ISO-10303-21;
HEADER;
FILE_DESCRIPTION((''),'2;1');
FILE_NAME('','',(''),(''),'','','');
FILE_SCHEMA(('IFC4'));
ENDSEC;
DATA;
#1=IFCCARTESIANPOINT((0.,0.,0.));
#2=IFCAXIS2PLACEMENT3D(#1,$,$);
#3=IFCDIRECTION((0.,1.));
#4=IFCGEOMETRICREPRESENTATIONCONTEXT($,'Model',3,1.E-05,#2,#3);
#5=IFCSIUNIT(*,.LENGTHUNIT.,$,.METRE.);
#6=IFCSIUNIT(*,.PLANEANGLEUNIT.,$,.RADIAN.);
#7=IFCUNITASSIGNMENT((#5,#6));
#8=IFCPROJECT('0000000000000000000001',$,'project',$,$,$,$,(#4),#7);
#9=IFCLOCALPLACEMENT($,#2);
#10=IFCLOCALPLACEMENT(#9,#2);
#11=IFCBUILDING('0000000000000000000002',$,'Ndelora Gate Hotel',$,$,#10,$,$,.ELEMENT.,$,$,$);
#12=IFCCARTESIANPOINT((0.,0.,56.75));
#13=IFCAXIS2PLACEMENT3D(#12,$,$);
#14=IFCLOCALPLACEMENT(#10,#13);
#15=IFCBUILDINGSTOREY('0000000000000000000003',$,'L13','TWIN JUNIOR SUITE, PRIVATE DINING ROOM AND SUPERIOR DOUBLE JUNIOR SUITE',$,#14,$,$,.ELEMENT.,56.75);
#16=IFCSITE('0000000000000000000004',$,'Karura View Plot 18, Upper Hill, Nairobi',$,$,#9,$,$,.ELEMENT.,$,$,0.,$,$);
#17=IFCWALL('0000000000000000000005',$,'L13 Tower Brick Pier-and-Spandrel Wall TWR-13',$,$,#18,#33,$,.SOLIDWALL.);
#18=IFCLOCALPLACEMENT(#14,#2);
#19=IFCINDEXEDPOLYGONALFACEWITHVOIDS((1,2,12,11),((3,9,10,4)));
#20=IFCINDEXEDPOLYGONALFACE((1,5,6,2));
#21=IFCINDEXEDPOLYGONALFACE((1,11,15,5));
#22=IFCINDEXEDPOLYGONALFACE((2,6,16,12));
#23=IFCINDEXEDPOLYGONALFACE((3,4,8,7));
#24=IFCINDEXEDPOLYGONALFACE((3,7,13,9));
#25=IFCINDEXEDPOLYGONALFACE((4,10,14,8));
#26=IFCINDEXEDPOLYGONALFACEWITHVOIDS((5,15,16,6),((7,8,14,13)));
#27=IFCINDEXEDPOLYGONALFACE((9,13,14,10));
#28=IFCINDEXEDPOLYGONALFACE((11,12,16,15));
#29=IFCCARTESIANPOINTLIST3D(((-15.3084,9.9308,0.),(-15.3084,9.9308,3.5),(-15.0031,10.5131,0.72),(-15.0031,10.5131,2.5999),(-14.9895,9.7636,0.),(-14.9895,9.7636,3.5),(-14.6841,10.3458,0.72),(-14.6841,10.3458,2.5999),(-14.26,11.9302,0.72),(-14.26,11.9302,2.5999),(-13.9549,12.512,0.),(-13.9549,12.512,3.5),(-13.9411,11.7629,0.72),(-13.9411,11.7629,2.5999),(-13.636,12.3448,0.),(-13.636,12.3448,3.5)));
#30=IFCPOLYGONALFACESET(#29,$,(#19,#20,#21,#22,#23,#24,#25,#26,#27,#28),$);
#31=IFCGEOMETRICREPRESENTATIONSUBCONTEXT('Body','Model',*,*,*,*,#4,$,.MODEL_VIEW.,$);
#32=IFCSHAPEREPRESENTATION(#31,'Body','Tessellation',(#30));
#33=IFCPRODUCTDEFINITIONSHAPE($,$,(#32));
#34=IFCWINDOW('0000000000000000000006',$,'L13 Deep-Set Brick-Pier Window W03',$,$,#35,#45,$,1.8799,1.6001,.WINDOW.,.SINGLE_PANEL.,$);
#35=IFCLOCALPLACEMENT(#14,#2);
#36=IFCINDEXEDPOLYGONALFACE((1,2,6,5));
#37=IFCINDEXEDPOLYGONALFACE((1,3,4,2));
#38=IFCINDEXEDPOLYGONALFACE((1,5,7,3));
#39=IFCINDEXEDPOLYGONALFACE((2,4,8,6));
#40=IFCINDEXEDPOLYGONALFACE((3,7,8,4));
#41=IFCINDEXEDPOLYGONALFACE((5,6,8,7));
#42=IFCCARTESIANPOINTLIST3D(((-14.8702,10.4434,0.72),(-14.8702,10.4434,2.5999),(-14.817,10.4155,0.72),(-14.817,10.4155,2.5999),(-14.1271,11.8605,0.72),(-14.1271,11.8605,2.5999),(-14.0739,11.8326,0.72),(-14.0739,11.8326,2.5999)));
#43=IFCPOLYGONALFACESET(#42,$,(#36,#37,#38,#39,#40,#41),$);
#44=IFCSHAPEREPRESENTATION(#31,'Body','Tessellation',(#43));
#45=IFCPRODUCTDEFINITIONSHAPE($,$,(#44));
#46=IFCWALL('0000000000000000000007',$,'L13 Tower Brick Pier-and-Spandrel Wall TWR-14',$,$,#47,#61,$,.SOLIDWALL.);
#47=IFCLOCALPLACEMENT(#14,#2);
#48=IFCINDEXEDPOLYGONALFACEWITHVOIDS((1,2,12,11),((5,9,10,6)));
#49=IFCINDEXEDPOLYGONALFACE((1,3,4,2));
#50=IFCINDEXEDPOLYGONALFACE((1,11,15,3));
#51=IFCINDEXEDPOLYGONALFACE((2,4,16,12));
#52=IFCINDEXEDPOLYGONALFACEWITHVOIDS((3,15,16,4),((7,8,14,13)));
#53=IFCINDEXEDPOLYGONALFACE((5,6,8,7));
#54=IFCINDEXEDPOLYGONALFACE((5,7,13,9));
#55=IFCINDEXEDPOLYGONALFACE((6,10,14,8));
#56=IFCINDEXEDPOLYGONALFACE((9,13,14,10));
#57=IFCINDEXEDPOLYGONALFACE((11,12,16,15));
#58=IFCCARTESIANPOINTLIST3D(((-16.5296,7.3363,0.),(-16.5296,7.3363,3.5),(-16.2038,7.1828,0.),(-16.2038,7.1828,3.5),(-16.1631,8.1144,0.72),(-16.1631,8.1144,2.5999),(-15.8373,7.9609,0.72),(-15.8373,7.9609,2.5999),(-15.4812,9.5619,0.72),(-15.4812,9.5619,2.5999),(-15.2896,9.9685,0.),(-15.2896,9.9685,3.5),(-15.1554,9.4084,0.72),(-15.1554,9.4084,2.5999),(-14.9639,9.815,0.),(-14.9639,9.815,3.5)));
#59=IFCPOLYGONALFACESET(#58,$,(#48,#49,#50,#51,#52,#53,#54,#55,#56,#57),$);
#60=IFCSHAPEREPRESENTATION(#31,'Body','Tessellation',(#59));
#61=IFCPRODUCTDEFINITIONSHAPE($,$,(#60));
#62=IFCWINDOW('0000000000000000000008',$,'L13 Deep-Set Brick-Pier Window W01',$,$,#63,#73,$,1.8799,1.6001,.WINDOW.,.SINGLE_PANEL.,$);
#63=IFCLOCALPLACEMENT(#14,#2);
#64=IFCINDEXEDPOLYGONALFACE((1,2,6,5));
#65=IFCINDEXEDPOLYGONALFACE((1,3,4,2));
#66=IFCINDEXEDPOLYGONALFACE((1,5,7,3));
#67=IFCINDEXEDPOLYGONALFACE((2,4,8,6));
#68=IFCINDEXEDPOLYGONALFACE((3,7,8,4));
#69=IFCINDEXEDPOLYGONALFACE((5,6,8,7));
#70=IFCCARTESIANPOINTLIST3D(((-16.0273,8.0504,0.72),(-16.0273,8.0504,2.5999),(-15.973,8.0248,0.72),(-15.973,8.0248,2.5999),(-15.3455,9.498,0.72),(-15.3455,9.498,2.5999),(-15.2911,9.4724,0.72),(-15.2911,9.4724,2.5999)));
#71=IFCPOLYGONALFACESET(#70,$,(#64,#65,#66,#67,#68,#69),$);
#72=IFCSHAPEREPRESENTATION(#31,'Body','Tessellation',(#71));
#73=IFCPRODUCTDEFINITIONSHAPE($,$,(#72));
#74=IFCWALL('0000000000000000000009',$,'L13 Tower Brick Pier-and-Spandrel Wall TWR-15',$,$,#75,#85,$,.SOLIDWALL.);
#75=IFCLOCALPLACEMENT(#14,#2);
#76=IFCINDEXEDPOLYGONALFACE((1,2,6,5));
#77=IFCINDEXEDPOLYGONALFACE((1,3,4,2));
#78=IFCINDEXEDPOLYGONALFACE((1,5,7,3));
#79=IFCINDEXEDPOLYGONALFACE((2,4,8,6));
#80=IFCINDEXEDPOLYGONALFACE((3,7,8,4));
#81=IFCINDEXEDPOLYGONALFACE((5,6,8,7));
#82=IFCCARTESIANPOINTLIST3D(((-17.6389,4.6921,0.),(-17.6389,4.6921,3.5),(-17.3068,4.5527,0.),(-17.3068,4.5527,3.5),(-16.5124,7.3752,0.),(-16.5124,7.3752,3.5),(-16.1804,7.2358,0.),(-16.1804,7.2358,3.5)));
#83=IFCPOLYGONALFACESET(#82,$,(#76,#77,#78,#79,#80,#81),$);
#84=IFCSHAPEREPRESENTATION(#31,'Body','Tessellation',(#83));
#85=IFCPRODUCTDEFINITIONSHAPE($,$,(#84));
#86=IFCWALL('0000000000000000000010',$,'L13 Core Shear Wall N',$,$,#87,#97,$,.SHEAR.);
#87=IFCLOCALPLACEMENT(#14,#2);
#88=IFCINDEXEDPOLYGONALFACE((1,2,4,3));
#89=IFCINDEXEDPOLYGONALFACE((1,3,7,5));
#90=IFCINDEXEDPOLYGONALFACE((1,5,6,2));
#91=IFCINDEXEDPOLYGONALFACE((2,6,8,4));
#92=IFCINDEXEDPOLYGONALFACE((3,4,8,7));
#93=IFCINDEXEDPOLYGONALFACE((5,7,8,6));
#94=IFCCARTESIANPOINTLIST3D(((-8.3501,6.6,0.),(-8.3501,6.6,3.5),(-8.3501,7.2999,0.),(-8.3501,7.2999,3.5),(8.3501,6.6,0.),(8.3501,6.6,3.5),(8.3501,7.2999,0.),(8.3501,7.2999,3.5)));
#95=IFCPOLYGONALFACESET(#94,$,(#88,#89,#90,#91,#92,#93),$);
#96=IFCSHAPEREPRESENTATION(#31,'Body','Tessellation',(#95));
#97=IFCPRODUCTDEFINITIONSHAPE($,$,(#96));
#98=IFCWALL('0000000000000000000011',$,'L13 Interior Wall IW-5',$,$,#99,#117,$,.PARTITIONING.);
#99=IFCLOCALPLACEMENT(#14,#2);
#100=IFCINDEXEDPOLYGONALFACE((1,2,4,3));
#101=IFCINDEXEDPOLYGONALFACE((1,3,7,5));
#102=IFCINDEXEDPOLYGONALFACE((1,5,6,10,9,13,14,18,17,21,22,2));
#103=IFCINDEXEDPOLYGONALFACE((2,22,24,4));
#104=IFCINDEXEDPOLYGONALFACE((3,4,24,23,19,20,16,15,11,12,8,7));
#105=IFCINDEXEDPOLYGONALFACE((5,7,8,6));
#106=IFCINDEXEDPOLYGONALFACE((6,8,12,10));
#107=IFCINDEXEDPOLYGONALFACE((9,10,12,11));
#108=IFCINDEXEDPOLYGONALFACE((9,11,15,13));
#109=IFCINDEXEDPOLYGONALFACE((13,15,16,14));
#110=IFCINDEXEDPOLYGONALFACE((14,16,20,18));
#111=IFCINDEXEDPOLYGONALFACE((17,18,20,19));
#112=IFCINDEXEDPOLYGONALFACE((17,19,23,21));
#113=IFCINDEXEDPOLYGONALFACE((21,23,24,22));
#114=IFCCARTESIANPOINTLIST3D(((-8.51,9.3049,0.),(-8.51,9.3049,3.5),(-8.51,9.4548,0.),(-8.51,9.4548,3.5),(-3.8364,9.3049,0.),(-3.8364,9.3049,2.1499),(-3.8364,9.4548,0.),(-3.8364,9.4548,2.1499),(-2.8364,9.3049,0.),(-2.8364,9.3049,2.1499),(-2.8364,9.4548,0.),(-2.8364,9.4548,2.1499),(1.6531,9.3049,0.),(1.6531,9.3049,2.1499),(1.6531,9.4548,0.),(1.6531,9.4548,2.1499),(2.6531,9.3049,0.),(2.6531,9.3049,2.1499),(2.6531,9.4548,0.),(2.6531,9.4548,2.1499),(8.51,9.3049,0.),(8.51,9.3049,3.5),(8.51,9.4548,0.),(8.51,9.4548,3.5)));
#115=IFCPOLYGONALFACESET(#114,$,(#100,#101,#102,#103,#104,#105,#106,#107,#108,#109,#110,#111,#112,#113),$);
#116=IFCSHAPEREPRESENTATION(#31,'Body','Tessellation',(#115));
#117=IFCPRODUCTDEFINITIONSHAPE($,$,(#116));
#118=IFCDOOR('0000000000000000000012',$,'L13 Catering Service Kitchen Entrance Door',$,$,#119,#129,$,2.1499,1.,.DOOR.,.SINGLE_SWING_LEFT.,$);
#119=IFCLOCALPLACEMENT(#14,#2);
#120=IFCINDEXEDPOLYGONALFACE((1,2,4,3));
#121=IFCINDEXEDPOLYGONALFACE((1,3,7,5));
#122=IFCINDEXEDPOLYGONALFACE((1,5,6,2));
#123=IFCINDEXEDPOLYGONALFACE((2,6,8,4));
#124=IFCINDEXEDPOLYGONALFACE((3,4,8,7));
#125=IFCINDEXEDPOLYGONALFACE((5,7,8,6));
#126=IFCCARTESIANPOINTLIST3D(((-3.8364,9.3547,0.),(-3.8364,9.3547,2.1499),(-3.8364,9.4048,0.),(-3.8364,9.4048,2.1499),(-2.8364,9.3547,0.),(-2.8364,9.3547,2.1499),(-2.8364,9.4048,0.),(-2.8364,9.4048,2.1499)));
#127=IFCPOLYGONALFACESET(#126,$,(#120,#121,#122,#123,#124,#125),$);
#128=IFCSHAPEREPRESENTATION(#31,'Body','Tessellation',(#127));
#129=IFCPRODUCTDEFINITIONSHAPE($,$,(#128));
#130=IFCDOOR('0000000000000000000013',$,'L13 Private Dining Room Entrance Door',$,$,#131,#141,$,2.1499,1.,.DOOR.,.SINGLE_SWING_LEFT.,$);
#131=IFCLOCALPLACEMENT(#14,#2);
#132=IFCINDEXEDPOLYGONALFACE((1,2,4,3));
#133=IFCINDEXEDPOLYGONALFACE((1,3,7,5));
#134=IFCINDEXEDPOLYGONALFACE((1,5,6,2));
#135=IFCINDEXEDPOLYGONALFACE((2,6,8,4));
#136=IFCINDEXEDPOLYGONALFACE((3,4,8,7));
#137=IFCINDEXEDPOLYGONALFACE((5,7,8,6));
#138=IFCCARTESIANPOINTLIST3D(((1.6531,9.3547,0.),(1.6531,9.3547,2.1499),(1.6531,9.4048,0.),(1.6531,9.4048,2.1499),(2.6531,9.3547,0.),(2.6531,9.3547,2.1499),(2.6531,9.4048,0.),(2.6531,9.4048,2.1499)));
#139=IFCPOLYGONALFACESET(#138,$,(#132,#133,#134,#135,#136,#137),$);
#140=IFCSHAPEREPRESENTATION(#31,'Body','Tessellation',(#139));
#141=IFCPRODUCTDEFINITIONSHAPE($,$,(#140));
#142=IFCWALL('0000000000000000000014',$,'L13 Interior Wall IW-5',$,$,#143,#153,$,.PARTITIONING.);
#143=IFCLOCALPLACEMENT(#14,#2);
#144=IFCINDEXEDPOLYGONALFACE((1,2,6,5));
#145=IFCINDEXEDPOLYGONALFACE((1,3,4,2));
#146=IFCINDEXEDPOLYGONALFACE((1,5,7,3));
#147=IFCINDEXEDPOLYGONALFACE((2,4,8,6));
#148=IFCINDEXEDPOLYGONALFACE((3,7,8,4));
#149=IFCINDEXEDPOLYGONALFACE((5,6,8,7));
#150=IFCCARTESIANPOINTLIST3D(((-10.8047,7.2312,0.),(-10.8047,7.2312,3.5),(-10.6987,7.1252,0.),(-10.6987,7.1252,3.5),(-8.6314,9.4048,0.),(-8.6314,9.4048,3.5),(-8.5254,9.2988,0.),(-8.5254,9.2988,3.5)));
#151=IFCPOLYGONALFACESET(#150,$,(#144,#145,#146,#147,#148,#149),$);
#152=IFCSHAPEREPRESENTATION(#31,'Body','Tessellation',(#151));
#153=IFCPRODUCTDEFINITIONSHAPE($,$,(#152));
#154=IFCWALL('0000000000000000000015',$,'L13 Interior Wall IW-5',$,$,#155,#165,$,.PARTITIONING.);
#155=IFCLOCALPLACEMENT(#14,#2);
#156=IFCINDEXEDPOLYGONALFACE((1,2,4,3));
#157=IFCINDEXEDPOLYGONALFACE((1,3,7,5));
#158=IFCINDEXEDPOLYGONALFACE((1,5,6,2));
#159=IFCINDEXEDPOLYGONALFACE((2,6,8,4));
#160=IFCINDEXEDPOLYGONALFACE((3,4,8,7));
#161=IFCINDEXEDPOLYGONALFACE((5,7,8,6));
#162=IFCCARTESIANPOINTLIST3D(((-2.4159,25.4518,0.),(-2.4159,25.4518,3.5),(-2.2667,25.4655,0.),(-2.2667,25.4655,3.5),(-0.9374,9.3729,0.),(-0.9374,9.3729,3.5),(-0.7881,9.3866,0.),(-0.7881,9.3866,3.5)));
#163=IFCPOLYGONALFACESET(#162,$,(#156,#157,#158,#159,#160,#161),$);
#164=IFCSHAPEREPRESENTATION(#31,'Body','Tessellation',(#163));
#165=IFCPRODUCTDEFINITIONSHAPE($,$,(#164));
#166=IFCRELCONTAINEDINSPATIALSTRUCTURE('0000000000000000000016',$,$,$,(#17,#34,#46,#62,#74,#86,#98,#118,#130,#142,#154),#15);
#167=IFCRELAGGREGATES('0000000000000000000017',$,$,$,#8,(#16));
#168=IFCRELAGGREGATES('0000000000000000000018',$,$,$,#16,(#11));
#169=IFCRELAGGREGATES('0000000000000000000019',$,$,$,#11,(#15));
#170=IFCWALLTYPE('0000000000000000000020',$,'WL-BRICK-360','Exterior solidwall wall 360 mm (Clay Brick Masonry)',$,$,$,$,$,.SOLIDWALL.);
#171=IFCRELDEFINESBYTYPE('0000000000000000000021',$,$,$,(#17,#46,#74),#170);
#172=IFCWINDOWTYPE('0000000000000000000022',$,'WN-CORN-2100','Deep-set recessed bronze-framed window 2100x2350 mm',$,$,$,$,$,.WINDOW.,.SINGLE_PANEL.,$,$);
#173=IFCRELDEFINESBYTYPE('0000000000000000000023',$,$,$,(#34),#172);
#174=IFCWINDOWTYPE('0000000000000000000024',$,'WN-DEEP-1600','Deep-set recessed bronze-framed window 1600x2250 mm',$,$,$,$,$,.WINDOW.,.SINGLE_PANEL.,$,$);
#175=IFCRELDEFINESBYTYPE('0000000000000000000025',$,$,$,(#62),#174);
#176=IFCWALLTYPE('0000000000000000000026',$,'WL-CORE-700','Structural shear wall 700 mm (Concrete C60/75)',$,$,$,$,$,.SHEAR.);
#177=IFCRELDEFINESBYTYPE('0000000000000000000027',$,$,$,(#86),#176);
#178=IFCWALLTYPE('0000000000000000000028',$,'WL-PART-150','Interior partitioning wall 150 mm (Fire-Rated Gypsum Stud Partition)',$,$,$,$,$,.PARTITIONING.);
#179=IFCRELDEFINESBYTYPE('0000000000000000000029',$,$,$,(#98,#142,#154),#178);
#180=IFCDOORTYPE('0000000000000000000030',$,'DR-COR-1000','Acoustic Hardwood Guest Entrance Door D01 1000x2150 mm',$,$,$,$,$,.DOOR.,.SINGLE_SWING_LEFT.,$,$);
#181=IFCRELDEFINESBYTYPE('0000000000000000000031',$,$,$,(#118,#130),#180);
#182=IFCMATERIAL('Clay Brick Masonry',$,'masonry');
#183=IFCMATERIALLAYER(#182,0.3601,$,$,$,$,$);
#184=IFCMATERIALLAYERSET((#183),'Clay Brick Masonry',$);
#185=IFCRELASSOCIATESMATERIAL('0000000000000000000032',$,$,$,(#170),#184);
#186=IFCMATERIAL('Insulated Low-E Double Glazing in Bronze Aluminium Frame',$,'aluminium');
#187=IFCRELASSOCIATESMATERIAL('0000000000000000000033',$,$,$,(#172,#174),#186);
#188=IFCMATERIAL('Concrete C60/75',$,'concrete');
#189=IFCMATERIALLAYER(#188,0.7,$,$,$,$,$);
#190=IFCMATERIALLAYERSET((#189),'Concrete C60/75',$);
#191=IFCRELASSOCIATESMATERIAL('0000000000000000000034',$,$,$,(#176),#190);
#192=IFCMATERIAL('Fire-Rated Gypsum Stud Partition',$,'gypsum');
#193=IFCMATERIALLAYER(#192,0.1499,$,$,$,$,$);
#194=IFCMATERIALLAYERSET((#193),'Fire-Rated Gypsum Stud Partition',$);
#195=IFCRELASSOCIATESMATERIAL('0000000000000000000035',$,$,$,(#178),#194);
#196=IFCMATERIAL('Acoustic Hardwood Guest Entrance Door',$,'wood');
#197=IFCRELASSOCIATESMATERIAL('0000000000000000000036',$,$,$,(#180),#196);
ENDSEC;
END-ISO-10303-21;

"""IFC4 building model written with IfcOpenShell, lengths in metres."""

from ifc_helpers import new_model, si_unit, direction, frame, frame_2d, origin, place, context, subcontext, project, spatial, rectangle, extrude, material, layer, layer_set, type_object, element, fill, save


model = new_model("IFC4")

# Units and contexts
model_context = context("Model", 3, precision=1e-05, world=origin(), true_north=direction((0.0, 1.0)))
body_context = subcontext(model_context, "Body", "Model", "MODEL_VIEW")
ifc_project = project(units=[si_unit("LENGTHUNIT", "METRE"), si_unit("PLANEANGLEUNIT", "RADIAN")], contexts=[model_context])

# Site, building, storey
site_placement = place(None, origin())
site = spatial("IfcSite", under=ifc_project, at=site_placement, Name="Karura View Plot 18, Upper Hill, Nairobi", CompositionType="ELEMENT", RefElevation=0.0)
building_placement = place(site_placement, origin())
building = spatial("IfcBuilding", under=site, at=building_placement, Name="Ndelora Gate Hotel", CompositionType="ELEMENT")
storey_placement = place(building_placement, frame((0.0, 0.0, 56.75)))
storey = spatial("IfcBuildingStorey", under=building, at=storey_placement, Name="L13", Description="TWIN JUNIOR SUITE, PRIVATE DINING ROOM AND SUPERIOR DOUBLE JUNIOR SUITE", CompositionType="ELEMENT", Elevation=56.75)

# Shared definitions
ifc_material_1 = material(Name="Concrete C60/75", Category="concrete")

# Walls, openings, windows
ifc_material_2 = material(Name="Clay Brick Masonry", Category="masonry")
ifc_layer_1 = layer(ifc_material_2, 0.3601)
ifc_layer_set_1 = layer_set([ifc_layer_1], Name="Clay Brick Masonry")
wall_type_1 = type_object("IfcWallType", Name="WL-BRICK-360", Description="Exterior solidwall wall 360 mm (Clay Brick Masonry)", PredefinedType="SOLIDWALL", material=ifc_layer_set_1)
wall_1_placement = place(storey_placement, frame((-15.1489, 9.8472, 0.0), z_axis=(0.0, 0.0, 1.0), x_axis=(0.464386, 0.885633, 0.0)))
wall_1 = element("IfcWall", 1, at=wall_1_placement, inside=storey, type_object=wall_type_1, Name="L13 Tower Brick Pier-and-Spandrel Wall TWR-13", PredefinedType="SOLIDWALL", context=body_context, shape_type="SweptSolid", body=[
    extrude(rectangle(XDim=2.9146, YDim=0.3601, at=frame_2d((1.4573, 0.0))), origin(), (0.0, 0.0, 1.0), 3.5),
])
opening_1_placement = place(wall_1_placement, frame((0.6575, 0.0, 0.72)))
opening_1 = element("IfcOpeningElement", 2, at=opening_1_placement, cuts=wall_1, PredefinedType="OPENING", context=body_context, shape_type="SweptSolid", body=[
    extrude(rectangle(XDim=1.6001, YDim=1.8799, at=frame_2d((0.8, 0.9399))), frame((0.0, 0.1899, 0.0), z_axis=(0.0, -1.0, 0.0), x_axis=(1.0, 0.0, 0.0)), (0.0, 0.0, 1.0), 0.3801),
])
ifc_material_3 = material(Name="Insulated Low-E Double Glazing in Bronze Aluminium Frame", Category="aluminium")
window_type_1 = type_object("IfcWindowType", Name="WN-CORN-2100", Description="Deep-set recessed bronze-framed window 2100x2350 mm", PartitioningType="SINGLE_PANEL", PredefinedType="WINDOW", material=ifc_material_3)
window_1_placement = place(opening_1_placement, origin())
window_1 = element("IfcWindow", 3, at=window_1_placement, inside=storey, type_object=window_type_1, Name="L13 Deep-Set Brick-Pier Window W03", OverallHeight=1.8799, OverallWidth=1.6001, PartitioningType="SINGLE_PANEL", PredefinedType="WINDOW", context=body_context, shape_type="SweptSolid", body=[
    extrude(rectangle(XDim=1.6001, YDim=1.8799, at=frame_2d((0.8, 0.9399))), frame((0.0, 0.03, 0.0), z_axis=(0.0, -1.0, 0.0), x_axis=(1.0, 0.0, 0.0)), (0.0, 0.0, 1.0), 0.0601),
])
fill(opening_1, window_1)
wall_2_placement = place(storey_placement, frame((-16.3667, 7.2595, 0.0), z_axis=(0.0, 0.0, 1.0), x_axis=(0.426149, 0.904653, 0.0)))
wall_2 = element("IfcWall", 4, at=wall_2_placement, inside=storey, type_object=wall_type_1, Name="L13 Tower Brick Pier-and-Spandrel Wall TWR-14", PredefinedType="SOLIDWALL", context=body_context, shape_type="SweptSolid", body=[
    extrude(rectangle(XDim=2.9097, YDim=0.3601, at=frame_2d((1.4548, 0.0))), origin(), (0.0, 0.0, 1.0), 3.5),
])
opening_2_placement = place(wall_2_placement, frame((0.8601, 0.0, 0.72)))
opening_2 = element("IfcOpeningElement", 5, at=opening_2_placement, cuts=wall_2, PredefinedType="OPENING", context=body_context, shape_type="SweptSolid", body=[
    extrude(rectangle(XDim=1.6001, YDim=1.8799, at=frame_2d((0.8, 0.9399))), frame((0.0, 0.1899, 0.0), z_axis=(0.0, -1.0, 0.0), x_axis=(1.0, 0.0, 0.0)), (0.0, 0.0, 1.0), 0.3801),
])
window_type_2 = type_object("IfcWindowType", Name="WN-DEEP-1600", Description="Deep-set recessed bronze-framed window 1600x2250 mm", PartitioningType="SINGLE_PANEL", PredefinedType="WINDOW", material=ifc_material_3)
window_2_placement = place(opening_2_placement, origin())
window_2 = element("IfcWindow", 6, at=window_2_placement, inside=storey, type_object=window_type_2, Name="L13 Deep-Set Brick-Pier Window W01", OverallHeight=1.8799, OverallWidth=1.6001, PartitioningType="SINGLE_PANEL", PredefinedType="WINDOW", context=body_context, shape_type="SweptSolid", body=[
    extrude(rectangle(XDim=1.6001, YDim=1.8799, at=frame_2d((0.8, 0.9399))), frame((0.0, 0.03, 0.0), z_axis=(0.0, -1.0, 0.0), x_axis=(1.0, 0.0, 0.0)), (0.0, 0.0, 1.0), 0.0601),
])
fill(opening_2, window_2)

# Walls
wall_3_placement = place(storey_placement, frame((-17.4729, 4.6223, 0.0), z_axis=(0.0, 0.0, 1.0), x_axis=(0.387104, 0.922036, 0.0)))
element("IfcWall", 7, at=wall_3_placement, inside=storey, type_object=wall_type_1, Name="L13 Tower Brick Pier-and-Spandrel Wall TWR-15", PredefinedType="SOLIDWALL", context=body_context, shape_type="SweptSolid", body=[
    extrude(rectangle(XDim=2.9099, YDim=0.3601, at=frame_2d((1.4551, 0.0))), origin(), (0.0, 0.0, 1.0), 3.5),
])
ifc_layer_2 = layer(ifc_material_1, 0.7)
ifc_layer_set_2 = layer_set([ifc_layer_2], Name="Concrete C60/75")
wall_type_2 = type_object("IfcWallType", Name="WL-CORE-700", Description="Structural shear wall 700 mm (Concrete C60/75)", PredefinedType="SHEAR", material=ifc_layer_set_2)
wall_4_placement = place(storey_placement, frame((-8.3501, 6.95, 0.0), z_axis=(0.0, 0.0, 1.0), x_axis=(1.0, 0.0, 0.0)))
element("IfcWall", 8, at=wall_4_placement, inside=storey, type_object=wall_type_2, Name="L13 Core Shear Wall N", PredefinedType="SHEAR", context=body_context, shape_type="SweptSolid", body=[
    extrude(rectangle(XDim=16.7002, YDim=0.7, at=frame_2d((8.3501, 0.0))), origin(), (0.0, 0.0, 1.0), 3.5),
])

# Wall, openings, doors
ifc_material_4 = material(Name="Fire-Rated Gypsum Stud Partition", Category="gypsum")
ifc_layer_3 = layer(ifc_material_4, 0.1499)
ifc_layer_set_3 = layer_set([ifc_layer_3], Name="Fire-Rated Gypsum Stud Partition")
wall_type_3 = type_object("IfcWallType", Name="WL-PART-150", Description="Interior partitioning wall 150 mm (Fire-Rated Gypsum Stud Partition)", PredefinedType="PARTITIONING", material=ifc_layer_set_3)
wall_5_placement = place(storey_placement, frame((-8.51, 9.3799, 0.0), z_axis=(0.0, 0.0, 1.0), x_axis=(1.0, 0.0, 0.0)))
wall_5 = element("IfcWall", 9, at=wall_5_placement, inside=storey, type_object=wall_type_3, Name="L13 Interior Wall IW-5", PredefinedType="PARTITIONING", context=body_context, shape_type="SweptSolid", body=[
    extrude(rectangle(XDim=17.02, YDim=0.1499, at=frame_2d((8.51, 0.0))), origin(), (0.0, 0.0, 1.0), 3.5),
])
opening_3_placement = place(wall_5_placement, frame((4.6736, 0.0, 0.0)))
opening_3 = element("IfcOpeningElement", 10, at=opening_3_placement, cuts=wall_5, PredefinedType="OPENING", context=body_context, shape_type="SweptSolid", body=[
    extrude(rectangle(XDim=1.0, YDim=2.1499, at=frame_2d((0.5, 1.075))), frame((0.0, 0.085, 0.0), z_axis=(0.0, -1.0, 0.0), x_axis=(1.0, 0.0, 0.0)), (0.0, 0.0, 1.0), 0.1699),
])
opening_4_placement = place(wall_5_placement, frame((10.1631, 0.0, 0.0)))
opening_4 = element("IfcOpeningElement", 11, at=opening_4_placement, cuts=wall_5, PredefinedType="OPENING", context=body_context, shape_type="SweptSolid", body=[
    extrude(rectangle(XDim=1.0, YDim=2.1499, at=frame_2d((0.5, 1.075))), frame((0.0, 0.085, 0.0), z_axis=(0.0, -1.0, 0.0), x_axis=(1.0, 0.0, 0.0)), (0.0, 0.0, 1.0), 0.1699),
])
ifc_material_5 = material(Name="Acoustic Hardwood Guest Entrance Door", Category="wood")
door_type_1 = type_object("IfcDoorType", Name="DR-COR-1000", Description="Acoustic Hardwood Guest Entrance Door D01 1000x2150 mm", OperationType="SINGLE_SWING_LEFT", PredefinedType="DOOR", material=ifc_material_5)
door_1_placement = place(opening_3_placement, origin())
door_1 = element("IfcDoor", 12, at=door_1_placement, inside=storey, type_object=door_type_1, Name="L13 Catering Service Kitchen Entrance Door", OperationType="SINGLE_SWING_LEFT", OverallHeight=2.1499, OverallWidth=1.0, PredefinedType="DOOR", context=body_context, shape_type="SweptSolid", body=[
    extrude(rectangle(XDim=1.0, YDim=2.1499, at=frame_2d((0.5, 1.075))), frame((0.0, 0.0249, 0.0), z_axis=(0.0, -1.0, 0.0), x_axis=(1.0, 0.0, 0.0)), (0.0, 0.0, 1.0), 0.05),
])
fill(opening_3, door_1)
door_2_placement = place(opening_4_placement, origin())
door_2 = element("IfcDoor", 13, at=door_2_placement, inside=storey, type_object=door_type_1, Name="L13 Private Dining Room Entrance Door", OperationType="SINGLE_SWING_LEFT", OverallHeight=2.1499, OverallWidth=1.0, PredefinedType="DOOR", context=body_context, shape_type="SweptSolid", body=[
    extrude(rectangle(XDim=1.0, YDim=2.1499, at=frame_2d((0.5, 1.075))), frame((0.0, 0.0249, 0.0), z_axis=(0.0, -1.0, 0.0), x_axis=(1.0, 0.0, 0.0)), (0.0, 0.0, 1.0), 0.05),
])
fill(opening_4, door_2)

# Walls
wall_6_placement = place(storey_placement, frame((-10.7517, 7.1782, 0.0), z_axis=(0.0, 0.0, 1.0), x_axis=(0.707067, 0.707146, 0.0)))
element("IfcWall", 14, at=wall_6_placement, inside=storey, type_object=wall_type_3, Name="L13 Interior Wall IW-5", PredefinedType="PARTITIONING", context=body_context, shape_type="SweptSolid", body=[
    extrude(rectangle(XDim=3.0737, YDim=0.1499, at=frame_2d((1.5369, 0.0))), origin(), (0.0, 0.0, 1.0), 3.5),
])
wall_7_placement = place(storey_placement, frame((-0.8628, 9.3799, 0.0), z_axis=(0.0, 0.0, 1.0), x_axis=(-0.091568, 0.995799, 0.0)))
element("IfcWall", 15, at=wall_7_placement, inside=storey, type_object=wall_type_3, Name="L13 Interior Wall IW-5", PredefinedType="PARTITIONING", context=body_context, shape_type="SweptSolid", body=[
    extrude(rectangle(XDim=16.1467, YDim=0.1499, at=frame_2d((8.0732, 0.0))), origin(), (0.0, 0.0, 1.0), 3.5),
])

save(model, "model.ifc")
